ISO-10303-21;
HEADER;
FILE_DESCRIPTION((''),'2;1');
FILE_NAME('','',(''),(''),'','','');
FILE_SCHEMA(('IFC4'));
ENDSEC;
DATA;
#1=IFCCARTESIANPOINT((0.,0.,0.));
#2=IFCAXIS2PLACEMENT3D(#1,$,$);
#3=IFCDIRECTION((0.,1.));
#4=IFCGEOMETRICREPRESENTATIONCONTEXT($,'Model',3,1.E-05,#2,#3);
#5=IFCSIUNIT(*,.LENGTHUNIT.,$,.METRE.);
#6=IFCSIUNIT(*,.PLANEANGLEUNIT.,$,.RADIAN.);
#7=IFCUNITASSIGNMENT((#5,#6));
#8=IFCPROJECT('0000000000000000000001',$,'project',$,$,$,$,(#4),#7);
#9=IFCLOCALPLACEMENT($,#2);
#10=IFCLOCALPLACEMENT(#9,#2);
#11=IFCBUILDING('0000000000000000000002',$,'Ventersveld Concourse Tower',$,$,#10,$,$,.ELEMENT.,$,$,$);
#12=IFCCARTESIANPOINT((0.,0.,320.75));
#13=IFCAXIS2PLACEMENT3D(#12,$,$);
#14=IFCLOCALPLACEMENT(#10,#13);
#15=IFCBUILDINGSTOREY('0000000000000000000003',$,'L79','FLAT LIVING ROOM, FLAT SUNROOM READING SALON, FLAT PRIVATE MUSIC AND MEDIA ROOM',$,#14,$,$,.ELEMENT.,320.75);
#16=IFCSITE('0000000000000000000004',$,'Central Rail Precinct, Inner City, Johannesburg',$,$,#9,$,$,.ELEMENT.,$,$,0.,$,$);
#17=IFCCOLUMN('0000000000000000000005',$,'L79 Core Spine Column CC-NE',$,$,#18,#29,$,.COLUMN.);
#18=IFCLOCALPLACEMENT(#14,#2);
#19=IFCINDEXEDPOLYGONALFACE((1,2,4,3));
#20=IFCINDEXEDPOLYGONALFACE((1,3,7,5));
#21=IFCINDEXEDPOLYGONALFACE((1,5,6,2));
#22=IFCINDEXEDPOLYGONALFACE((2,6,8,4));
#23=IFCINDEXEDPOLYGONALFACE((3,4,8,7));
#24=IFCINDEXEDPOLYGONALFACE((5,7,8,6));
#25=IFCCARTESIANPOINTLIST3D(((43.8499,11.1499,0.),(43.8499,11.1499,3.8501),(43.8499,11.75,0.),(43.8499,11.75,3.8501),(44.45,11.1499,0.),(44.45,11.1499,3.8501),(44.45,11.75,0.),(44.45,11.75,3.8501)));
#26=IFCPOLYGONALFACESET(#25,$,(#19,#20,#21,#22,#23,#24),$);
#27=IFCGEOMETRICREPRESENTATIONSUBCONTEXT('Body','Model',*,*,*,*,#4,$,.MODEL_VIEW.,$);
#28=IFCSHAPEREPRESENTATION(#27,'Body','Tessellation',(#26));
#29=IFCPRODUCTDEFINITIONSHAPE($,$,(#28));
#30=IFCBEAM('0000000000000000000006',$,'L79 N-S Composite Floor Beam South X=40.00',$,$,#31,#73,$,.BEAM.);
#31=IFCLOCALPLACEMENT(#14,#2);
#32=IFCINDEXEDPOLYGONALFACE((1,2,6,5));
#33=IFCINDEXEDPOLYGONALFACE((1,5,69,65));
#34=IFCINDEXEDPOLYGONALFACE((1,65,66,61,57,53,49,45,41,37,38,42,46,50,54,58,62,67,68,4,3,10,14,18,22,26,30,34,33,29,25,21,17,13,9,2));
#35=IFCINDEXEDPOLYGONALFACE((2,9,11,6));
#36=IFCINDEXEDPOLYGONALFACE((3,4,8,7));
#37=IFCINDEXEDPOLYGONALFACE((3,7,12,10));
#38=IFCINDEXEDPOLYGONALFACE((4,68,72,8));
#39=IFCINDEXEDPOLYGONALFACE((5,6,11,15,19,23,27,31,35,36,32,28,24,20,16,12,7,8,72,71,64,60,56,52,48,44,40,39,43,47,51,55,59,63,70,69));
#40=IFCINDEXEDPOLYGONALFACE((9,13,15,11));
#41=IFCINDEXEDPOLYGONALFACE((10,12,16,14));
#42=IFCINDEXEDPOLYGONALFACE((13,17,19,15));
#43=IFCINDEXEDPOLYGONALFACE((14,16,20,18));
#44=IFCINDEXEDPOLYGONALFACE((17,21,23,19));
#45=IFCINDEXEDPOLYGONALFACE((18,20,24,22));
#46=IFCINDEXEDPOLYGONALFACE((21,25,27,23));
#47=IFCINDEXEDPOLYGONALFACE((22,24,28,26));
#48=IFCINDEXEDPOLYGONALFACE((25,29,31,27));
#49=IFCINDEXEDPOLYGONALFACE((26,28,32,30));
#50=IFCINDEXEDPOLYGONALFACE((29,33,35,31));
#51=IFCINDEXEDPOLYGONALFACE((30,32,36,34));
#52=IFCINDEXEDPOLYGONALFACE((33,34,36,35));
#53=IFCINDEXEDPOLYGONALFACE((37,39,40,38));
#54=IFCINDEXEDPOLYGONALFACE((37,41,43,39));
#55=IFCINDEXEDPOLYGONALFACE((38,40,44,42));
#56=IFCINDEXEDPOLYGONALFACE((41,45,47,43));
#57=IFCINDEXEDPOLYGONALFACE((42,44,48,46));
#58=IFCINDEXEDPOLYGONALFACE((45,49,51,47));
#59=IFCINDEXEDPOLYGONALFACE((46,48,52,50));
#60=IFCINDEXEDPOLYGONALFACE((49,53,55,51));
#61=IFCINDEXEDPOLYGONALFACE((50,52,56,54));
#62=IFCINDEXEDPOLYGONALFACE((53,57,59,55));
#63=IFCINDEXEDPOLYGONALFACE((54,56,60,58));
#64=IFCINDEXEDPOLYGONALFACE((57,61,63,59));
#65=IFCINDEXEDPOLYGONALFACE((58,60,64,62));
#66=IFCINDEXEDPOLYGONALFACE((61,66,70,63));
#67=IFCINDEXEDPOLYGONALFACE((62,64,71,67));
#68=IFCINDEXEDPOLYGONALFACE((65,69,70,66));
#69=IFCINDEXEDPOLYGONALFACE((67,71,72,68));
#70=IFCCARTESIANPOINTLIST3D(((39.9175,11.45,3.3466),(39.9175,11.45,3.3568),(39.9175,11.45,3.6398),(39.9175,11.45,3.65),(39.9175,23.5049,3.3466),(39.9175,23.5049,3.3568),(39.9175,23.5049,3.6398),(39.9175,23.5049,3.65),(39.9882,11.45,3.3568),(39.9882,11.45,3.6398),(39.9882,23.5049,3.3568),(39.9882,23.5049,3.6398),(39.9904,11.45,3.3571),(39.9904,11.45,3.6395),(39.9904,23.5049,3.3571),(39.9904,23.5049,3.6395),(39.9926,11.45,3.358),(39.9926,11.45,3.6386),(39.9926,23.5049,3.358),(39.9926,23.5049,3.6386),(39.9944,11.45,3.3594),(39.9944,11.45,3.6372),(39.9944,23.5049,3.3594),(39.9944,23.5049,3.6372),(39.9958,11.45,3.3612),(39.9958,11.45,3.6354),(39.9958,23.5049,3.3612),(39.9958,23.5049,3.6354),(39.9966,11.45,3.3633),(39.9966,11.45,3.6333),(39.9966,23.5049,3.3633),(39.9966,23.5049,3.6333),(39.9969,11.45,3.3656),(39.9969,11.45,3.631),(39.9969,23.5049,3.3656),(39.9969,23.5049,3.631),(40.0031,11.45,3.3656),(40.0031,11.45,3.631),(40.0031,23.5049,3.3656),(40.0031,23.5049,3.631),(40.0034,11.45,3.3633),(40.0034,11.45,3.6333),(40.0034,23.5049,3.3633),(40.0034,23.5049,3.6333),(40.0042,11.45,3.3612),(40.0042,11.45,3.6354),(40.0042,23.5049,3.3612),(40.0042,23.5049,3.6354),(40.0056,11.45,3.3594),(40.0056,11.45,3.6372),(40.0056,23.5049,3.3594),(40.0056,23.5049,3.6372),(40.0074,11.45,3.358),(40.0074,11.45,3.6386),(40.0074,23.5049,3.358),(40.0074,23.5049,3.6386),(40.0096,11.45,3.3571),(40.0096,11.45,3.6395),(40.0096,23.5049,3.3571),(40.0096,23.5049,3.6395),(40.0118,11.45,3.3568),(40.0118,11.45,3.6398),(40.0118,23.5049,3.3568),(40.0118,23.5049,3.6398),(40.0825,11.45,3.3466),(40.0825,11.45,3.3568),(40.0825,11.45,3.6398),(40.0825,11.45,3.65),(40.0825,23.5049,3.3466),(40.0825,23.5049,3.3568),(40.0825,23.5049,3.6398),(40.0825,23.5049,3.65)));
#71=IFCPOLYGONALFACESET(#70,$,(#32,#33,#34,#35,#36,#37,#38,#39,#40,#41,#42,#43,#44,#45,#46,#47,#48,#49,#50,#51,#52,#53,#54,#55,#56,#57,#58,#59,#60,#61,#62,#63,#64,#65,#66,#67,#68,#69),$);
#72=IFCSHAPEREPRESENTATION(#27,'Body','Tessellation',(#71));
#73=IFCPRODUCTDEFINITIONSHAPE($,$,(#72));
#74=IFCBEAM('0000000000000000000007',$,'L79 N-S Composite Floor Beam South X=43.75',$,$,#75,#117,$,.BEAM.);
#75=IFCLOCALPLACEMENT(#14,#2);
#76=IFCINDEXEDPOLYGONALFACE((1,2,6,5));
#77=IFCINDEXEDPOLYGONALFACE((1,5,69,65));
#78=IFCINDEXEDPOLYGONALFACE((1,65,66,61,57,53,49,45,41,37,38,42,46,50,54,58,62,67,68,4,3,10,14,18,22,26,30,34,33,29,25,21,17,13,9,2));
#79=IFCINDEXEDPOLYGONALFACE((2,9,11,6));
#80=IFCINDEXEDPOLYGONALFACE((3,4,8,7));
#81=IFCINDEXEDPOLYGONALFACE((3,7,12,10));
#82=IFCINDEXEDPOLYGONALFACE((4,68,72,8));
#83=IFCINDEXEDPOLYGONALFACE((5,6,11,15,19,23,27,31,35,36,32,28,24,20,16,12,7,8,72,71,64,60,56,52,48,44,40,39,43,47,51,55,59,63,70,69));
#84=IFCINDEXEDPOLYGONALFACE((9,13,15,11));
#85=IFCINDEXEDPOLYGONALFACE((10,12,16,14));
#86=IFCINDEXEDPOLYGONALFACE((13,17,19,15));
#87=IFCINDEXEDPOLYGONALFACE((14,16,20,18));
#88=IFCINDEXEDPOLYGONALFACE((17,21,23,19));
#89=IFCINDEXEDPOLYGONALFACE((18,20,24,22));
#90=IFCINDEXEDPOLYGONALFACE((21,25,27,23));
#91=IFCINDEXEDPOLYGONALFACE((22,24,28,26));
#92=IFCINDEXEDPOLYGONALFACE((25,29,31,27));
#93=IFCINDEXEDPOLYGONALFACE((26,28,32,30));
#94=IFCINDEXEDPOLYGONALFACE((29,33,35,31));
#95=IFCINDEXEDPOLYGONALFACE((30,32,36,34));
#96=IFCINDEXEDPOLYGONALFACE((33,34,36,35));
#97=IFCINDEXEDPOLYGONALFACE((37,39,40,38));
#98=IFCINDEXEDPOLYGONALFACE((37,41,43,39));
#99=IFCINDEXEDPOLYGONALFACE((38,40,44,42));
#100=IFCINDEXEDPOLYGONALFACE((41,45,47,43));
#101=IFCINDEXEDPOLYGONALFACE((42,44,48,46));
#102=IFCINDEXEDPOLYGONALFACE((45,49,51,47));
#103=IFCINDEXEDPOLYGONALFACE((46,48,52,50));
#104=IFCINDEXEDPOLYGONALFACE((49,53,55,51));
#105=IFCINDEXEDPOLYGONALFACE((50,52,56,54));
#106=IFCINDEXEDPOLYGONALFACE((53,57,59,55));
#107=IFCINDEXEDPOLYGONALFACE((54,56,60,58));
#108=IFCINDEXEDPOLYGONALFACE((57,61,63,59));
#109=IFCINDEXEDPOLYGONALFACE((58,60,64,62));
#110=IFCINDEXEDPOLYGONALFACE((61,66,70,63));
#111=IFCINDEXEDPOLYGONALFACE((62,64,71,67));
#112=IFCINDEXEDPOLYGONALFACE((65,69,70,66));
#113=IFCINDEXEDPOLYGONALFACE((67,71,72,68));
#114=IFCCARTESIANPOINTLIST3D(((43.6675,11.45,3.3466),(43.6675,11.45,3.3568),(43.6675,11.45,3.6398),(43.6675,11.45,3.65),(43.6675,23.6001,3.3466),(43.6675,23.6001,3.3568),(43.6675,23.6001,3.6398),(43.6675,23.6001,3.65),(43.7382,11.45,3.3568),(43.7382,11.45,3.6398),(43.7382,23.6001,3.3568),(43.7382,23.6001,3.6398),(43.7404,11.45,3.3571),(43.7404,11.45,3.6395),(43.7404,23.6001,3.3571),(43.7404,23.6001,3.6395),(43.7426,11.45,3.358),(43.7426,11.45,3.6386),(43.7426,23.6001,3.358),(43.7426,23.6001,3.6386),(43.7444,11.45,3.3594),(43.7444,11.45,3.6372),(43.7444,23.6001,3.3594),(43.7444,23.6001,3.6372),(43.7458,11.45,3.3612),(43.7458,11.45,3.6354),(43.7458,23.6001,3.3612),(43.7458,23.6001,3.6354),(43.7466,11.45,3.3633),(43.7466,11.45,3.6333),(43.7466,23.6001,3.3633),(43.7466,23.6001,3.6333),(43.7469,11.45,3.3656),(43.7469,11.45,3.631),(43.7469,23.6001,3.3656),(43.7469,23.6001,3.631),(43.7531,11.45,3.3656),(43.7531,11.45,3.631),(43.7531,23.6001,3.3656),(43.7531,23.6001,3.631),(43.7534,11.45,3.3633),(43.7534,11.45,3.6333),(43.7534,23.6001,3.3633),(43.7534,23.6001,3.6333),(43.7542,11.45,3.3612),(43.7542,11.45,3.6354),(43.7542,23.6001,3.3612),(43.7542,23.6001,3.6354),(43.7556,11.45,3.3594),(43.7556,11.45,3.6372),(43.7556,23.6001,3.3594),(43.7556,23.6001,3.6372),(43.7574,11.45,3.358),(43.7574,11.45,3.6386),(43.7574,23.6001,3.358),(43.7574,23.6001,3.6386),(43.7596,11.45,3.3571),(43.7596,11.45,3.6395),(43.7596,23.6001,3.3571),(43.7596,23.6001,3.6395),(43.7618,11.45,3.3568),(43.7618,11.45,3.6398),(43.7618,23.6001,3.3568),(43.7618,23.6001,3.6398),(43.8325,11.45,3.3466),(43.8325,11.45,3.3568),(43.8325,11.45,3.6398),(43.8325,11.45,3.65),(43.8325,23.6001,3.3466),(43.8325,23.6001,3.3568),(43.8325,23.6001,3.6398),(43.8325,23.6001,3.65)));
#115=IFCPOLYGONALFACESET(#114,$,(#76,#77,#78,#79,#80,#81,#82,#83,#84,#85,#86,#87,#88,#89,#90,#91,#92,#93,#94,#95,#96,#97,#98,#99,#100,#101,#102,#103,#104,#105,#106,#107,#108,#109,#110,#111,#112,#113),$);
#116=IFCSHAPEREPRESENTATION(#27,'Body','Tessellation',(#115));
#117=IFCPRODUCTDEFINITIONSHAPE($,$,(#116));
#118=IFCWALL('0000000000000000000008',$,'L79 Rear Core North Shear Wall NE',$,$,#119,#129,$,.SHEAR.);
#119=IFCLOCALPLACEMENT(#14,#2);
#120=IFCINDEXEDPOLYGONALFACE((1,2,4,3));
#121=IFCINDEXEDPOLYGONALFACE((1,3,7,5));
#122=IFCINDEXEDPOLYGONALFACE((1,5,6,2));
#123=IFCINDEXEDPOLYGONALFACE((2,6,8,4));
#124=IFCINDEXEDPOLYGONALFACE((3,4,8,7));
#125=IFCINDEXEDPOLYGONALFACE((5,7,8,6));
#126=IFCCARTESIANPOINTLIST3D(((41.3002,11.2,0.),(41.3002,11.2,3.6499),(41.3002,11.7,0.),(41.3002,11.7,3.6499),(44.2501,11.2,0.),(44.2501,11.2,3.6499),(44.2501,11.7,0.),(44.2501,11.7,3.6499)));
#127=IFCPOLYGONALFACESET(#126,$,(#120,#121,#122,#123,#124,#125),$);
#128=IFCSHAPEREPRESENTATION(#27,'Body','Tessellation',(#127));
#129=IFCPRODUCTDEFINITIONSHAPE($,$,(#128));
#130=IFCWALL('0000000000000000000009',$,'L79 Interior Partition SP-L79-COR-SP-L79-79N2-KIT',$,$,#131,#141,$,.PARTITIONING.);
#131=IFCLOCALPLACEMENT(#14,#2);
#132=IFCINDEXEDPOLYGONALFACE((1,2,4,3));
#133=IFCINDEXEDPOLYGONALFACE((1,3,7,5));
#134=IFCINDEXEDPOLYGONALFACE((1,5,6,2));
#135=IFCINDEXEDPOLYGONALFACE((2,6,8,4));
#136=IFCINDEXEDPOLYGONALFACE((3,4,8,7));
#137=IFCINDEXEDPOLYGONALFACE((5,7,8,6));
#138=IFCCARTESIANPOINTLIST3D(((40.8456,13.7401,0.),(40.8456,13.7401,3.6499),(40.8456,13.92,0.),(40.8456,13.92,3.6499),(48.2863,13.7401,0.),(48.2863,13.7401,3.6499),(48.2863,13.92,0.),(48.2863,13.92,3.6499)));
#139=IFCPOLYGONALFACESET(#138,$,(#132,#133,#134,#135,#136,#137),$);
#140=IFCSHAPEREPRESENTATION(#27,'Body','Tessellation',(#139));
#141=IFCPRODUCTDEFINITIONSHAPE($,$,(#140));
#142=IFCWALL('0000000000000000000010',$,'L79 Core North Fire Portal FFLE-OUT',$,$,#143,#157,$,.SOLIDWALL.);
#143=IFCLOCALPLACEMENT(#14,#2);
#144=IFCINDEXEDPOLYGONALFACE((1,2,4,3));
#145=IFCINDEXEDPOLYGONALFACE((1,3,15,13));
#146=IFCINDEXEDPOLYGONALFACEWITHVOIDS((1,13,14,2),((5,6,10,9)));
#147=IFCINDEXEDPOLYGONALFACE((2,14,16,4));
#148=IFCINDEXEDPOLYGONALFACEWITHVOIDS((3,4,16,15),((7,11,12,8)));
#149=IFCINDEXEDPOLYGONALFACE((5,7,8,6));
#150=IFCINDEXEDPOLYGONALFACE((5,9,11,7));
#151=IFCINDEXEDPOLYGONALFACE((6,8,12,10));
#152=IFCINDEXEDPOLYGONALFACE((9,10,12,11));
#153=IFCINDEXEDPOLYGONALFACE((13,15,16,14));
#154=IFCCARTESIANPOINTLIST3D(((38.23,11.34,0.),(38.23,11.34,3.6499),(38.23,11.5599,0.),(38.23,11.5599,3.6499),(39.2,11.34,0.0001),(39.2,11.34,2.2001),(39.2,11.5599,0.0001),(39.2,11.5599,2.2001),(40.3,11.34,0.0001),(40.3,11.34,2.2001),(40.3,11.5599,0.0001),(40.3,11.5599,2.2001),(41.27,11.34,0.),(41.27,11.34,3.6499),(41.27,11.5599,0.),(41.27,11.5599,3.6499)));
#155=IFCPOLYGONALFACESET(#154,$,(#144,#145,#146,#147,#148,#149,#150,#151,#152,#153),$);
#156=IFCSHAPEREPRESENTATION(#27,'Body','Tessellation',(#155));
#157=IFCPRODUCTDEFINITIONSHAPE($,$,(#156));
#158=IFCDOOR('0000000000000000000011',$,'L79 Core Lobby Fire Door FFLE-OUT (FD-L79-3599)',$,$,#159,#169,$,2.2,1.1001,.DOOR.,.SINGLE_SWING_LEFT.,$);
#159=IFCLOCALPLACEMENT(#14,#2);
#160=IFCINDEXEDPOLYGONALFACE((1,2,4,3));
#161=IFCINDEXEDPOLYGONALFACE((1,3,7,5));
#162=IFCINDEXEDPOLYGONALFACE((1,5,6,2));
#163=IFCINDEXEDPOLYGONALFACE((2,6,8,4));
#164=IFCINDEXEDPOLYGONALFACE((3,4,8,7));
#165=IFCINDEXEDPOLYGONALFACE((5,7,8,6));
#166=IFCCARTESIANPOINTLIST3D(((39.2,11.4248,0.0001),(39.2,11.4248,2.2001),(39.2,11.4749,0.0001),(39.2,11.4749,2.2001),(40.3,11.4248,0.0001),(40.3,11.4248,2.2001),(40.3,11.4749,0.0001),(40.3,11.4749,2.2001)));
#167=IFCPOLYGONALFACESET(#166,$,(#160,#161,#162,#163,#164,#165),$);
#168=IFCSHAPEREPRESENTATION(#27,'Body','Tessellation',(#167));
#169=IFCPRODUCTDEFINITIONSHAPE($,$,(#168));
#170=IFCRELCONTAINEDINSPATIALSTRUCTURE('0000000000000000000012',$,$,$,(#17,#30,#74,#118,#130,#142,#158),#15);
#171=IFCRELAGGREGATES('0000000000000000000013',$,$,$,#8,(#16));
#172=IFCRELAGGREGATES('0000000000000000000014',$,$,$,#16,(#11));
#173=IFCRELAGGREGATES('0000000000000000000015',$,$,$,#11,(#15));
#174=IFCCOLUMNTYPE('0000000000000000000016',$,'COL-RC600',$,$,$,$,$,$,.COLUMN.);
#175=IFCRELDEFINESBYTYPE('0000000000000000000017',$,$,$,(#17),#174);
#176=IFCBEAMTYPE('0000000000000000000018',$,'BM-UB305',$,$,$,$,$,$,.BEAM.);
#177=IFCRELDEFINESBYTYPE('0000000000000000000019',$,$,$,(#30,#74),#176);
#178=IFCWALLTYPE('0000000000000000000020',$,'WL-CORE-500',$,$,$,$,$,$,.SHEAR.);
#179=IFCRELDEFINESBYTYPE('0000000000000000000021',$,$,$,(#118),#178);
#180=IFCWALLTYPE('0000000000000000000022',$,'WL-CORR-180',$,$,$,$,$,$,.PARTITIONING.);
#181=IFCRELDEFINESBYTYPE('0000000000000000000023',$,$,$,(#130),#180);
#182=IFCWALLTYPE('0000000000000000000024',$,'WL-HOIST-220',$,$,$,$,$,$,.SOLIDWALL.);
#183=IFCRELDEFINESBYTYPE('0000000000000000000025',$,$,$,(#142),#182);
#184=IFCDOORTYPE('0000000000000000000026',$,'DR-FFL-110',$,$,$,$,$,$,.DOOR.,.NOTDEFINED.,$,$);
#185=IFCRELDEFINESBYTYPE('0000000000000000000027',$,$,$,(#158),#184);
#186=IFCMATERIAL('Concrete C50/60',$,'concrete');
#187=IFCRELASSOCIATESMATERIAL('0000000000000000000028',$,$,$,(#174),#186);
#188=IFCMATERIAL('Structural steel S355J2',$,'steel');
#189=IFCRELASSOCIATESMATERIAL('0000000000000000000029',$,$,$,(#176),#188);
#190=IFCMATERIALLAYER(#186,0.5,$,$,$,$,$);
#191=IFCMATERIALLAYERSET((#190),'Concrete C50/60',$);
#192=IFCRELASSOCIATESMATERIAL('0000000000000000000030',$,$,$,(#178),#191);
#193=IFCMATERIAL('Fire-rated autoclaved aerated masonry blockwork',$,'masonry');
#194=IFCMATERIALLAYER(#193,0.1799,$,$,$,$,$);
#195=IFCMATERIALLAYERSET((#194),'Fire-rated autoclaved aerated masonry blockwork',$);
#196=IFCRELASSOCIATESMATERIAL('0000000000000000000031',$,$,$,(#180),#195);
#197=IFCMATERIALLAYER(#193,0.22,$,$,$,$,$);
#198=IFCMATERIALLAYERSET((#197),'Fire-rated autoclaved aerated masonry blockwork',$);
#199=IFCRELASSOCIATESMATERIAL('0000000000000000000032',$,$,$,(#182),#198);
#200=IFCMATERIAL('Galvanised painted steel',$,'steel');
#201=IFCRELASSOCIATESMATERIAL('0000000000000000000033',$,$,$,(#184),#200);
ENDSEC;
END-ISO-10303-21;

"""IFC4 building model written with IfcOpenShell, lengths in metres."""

from ifc_helpers import new_model, si_unit, direction, frame, frame_2d, origin, origin_2d, place, context, subcontext, project, spatial, rectangle, i_section, extrude, material, layer, layer_set, material_profile, profile_set, type_object, element, fill, save


model = new_model("IFC4")

# Units and contexts
model_context = context("Model", 3, precision=1e-05, world=origin(), true_north=direction((0.0, 1.0)))
body_context = subcontext(model_context, "Body", "Model", "MODEL_VIEW")
ifc_project = project(units=[si_unit("LENGTHUNIT", "METRE"), si_unit("PLANEANGLEUNIT", "RADIAN")], contexts=[model_context])

# Site, building, storey
site_placement = place(None, origin())
site = spatial("IfcSite", under=ifc_project, at=site_placement, Name="Central Rail Precinct, Inner City, Johannesburg", CompositionType="ELEMENT", RefElevation=0.0)
building_placement = place(site_placement, origin())
building = spatial("IfcBuilding", under=site, at=building_placement, Name="Ventersveld Concourse Tower", CompositionType="ELEMENT")
storey_placement = place(building_placement, frame((0.0, 0.0, 320.75)))
storey = spatial("IfcBuildingStorey", under=building, at=storey_placement, Name="L79", Description="FLAT LIVING ROOM, FLAT SUNROOM READING SALON, FLAT PRIVATE MUSIC AND MEDIA ROOM", CompositionType="ELEMENT", Elevation=320.75)

# Column
ifc_material_1 = material(Name="Concrete C50/60", Category="concrete")
ifc_material_profile_1 = material_profile(ifc_material_1, rectangle(XDim=0.6001, YDim=0.6001, at=origin_2d()), Name="RC 600x600")
ifc_profile_set_1 = profile_set([ifc_material_profile_1], Name="Concrete C50/60")
column_type = type_object("IfcColumnType", Name="COL-RC600", PredefinedType="COLUMN", material=ifc_profile_set_1)
column_placement = place(storey_placement, frame((44.1499, 11.45, 0.0), z_axis=(0.0, 0.0, 1.0), x_axis=(1.0, 0.0, 0.0)))
element("IfcColumn", 1, at=column_placement, inside=storey, type_object=column_type, Name="L79 Core Spine Column CC-NE", PredefinedType="COLUMN", context=body_context, shape_type="SweptSolid", body=[
    extrude(rectangle(XDim=0.6001, YDim=0.6001, at=origin_2d()), origin(), (0.0, 0.0, 1.0), 3.8501),
])

# Beams
ifc_material_2 = material(Name="Structural steel S355J2", Category="steel")
ifc_material_profile_2 = material_profile(ifc_material_2, i_section(OverallWidth=0.165, OverallDepth=0.3035, WebThickness=0.0061, FlangeThickness=0.0103, FilletRadius=0.0088, at=origin_2d()), Name="UB 305x165x40")
ifc_profile_set_2 = profile_set([ifc_material_profile_2], Name="Structural steel S355J2")
beam_type = type_object("IfcBeamType", Name="BM-UB305", PredefinedType="BEAM", material=ifc_profile_set_2)
beam_1_placement = place(storey_placement, frame((40.0, 11.45, 3.4983), z_axis=(0.0, 1.0, 0.0), x_axis=(-1.0, 0.0, 0.0)))
element("IfcBeam", 2, at=beam_1_placement, inside=storey, type_object=beam_type, Name="L79 N-S Composite Floor Beam South X=40.00", PredefinedType="BEAM", context=body_context, shape_type="SweptSolid", body=[
    extrude(i_section(OverallWidth=0.165, OverallDepth=0.3035, WebThickness=0.0061, FlangeThickness=0.0103, FilletRadius=0.0088, at=origin_2d()), origin(), (0.0, 0.0, 1.0), 12.0549),
])
beam_2_placement = place(storey_placement, frame((43.75, 11.45, 3.4983), z_axis=(0.0, 1.0, 0.0), x_axis=(-1.0, 0.0, 0.0)))
element("IfcBeam", 3, at=beam_2_placement, inside=storey, type_object=beam_type, Name="L79 N-S Composite Floor Beam South X=43.75", PredefinedType="BEAM", context=body_context, shape_type="SweptSolid", body=[
    extrude(i_section(OverallWidth=0.165, OverallDepth=0.3035, WebThickness=0.0061, FlangeThickness=0.0103, FilletRadius=0.0088, at=origin_2d()), origin(), (0.0, 0.0, 1.0), 12.1501),
])

# Wall
ifc_layer_1 = layer(ifc_material_1, 0.5)
ifc_layer_set_1 = layer_set([ifc_layer_1], Name="Concrete C50/60")
wall_type_1 = type_object("IfcWallType", Name="WL-CORE-500", PredefinedType="SHEAR", material=ifc_layer_set_1)
wall_1_placement = place(storey_placement, frame((41.3, 11.45, 0.0), z_axis=(0.0, 0.0, 1.0), x_axis=(1.0, 0.0, 0.0)))
element("IfcWall", 4, at=wall_1_placement, inside=storey, type_object=wall_type_1, Name="L79 Rear Core North Shear Wall NE", PredefinedType="SHEAR", context=body_context, shape_type="SweptSolid", body=[
    extrude(rectangle(XDim=2.95, YDim=0.5, at=frame_2d((1.4751, 0.0))), origin(), (0.0, 0.0, 1.0), 3.6499),
])

# Shared definitions
ifc_material_3 = material(Name="Fire-rated autoclaved aerated masonry blockwork", Category="masonry")
ifc_layer_2 = layer(ifc_material_3, 0.1799)
ifc_layer_set_2 = layer_set([ifc_layer_2], Name="Fire-rated autoclaved aerated masonry blockwork")
wall_type_2 = type_object("IfcWallType", Name="WL-CORR-180", PredefinedType="PARTITIONING", material=ifc_layer_set_2)

# Wall
wall_2_placement = place(storey_placement, frame((40.8457, 13.8301, 0.0), z_axis=(0.0, 0.0, 1.0), x_axis=(1.0, 0.0, 0.0)))
element("IfcWall", 5, at=wall_2_placement, inside=storey, type_object=wall_type_2, Name="L79 Interior Partition SP-L79-COR-SP-L79-79N2-KIT", PredefinedType="PARTITIONING", context=body_context, shape_type="SweptSolid", body=[
    extrude(rectangle(XDim=7.4407, YDim=0.1799, at=frame_2d((3.7202, 0.0))), origin(), (0.0, 0.0, 1.0), 3.6499),
])

# Wall, opening, door
ifc_layer_3 = layer(ifc_material_3, 0.22)
ifc_layer_set_3 = layer_set([ifc_layer_3], Name="Fire-rated autoclaved aerated masonry blockwork")
wall_type_3 = type_object("IfcWallType", Name="WL-HOIST-220", PredefinedType="SOLIDWALL", material=ifc_layer_set_3)
wall_3_placement = place(storey_placement, frame((38.23, 11.45, 0.0), z_axis=(0.0, 0.0, 1.0), x_axis=(1.0, 0.0, 0.0)))
wall_3 = element("IfcWall", 6, at=wall_3_placement, inside=storey, type_object=wall_type_3, Name="L79 Core North Fire Portal FFLE-OUT", PredefinedType="SOLIDWALL", context=body_context, shape_type="SweptSolid", body=[
    extrude(rectangle(XDim=3.04, YDim=0.22, at=frame_2d((1.52, 0.0))), origin(), (0.0, 0.0, 1.0), 3.6499),
])
opening_1_placement = place(wall_3_placement, frame((0.97, 0.0, 0.0)))
opening_1 = element("IfcOpeningElement", 7, at=opening_1_placement, cuts=wall_3, PredefinedType="OPENING", context=body_context, shape_type="SweptSolid", body=[
    extrude(rectangle(XDim=1.1001, YDim=2.2, at=frame_2d((0.55, 1.1001))), frame((0.0, 0.1201, 0.0), z_axis=(0.0, -1.0, 0.0), x_axis=(1.0, 0.0, 0.0)), (0.0, 0.0, 1.0), 0.24),
])
ifc_material_4 = material(Name="Galvanised painted steel", Category="steel")
door_type_1 = type_object("IfcDoorType", Name="DR-FFL-110", OperationType="NOTDEFINED", PredefinedType="DOOR", material=ifc_material_4)
door_1_placement = place(opening_1_placement, origin())
door_1 = element("IfcDoor", 8, at=door_1_placement, inside=storey, type_object=door_type_1, Name="L79 Core Lobby Fire Door FFLE-OUT (FD-L79-3599)", OperationType="SINGLE_SWING_LEFT", OverallHeight=2.2, OverallWidth=1.1001, PredefinedType="DOOR", context=body_context, shape_type="SweptSolid", body=[
    extrude(rectangle(XDim=1.1001, YDim=2.2, at=frame_2d((0.55, 1.1001))), frame((0.0, 0.0249, 0.0), z_axis=(0.0, -1.0, 0.0), x_axis=(1.0, 0.0, 0.0)), (0.0, 0.0, 1.0), 0.05),
])
fill(opening_1, door_1)

save(model, "model.ifc")
